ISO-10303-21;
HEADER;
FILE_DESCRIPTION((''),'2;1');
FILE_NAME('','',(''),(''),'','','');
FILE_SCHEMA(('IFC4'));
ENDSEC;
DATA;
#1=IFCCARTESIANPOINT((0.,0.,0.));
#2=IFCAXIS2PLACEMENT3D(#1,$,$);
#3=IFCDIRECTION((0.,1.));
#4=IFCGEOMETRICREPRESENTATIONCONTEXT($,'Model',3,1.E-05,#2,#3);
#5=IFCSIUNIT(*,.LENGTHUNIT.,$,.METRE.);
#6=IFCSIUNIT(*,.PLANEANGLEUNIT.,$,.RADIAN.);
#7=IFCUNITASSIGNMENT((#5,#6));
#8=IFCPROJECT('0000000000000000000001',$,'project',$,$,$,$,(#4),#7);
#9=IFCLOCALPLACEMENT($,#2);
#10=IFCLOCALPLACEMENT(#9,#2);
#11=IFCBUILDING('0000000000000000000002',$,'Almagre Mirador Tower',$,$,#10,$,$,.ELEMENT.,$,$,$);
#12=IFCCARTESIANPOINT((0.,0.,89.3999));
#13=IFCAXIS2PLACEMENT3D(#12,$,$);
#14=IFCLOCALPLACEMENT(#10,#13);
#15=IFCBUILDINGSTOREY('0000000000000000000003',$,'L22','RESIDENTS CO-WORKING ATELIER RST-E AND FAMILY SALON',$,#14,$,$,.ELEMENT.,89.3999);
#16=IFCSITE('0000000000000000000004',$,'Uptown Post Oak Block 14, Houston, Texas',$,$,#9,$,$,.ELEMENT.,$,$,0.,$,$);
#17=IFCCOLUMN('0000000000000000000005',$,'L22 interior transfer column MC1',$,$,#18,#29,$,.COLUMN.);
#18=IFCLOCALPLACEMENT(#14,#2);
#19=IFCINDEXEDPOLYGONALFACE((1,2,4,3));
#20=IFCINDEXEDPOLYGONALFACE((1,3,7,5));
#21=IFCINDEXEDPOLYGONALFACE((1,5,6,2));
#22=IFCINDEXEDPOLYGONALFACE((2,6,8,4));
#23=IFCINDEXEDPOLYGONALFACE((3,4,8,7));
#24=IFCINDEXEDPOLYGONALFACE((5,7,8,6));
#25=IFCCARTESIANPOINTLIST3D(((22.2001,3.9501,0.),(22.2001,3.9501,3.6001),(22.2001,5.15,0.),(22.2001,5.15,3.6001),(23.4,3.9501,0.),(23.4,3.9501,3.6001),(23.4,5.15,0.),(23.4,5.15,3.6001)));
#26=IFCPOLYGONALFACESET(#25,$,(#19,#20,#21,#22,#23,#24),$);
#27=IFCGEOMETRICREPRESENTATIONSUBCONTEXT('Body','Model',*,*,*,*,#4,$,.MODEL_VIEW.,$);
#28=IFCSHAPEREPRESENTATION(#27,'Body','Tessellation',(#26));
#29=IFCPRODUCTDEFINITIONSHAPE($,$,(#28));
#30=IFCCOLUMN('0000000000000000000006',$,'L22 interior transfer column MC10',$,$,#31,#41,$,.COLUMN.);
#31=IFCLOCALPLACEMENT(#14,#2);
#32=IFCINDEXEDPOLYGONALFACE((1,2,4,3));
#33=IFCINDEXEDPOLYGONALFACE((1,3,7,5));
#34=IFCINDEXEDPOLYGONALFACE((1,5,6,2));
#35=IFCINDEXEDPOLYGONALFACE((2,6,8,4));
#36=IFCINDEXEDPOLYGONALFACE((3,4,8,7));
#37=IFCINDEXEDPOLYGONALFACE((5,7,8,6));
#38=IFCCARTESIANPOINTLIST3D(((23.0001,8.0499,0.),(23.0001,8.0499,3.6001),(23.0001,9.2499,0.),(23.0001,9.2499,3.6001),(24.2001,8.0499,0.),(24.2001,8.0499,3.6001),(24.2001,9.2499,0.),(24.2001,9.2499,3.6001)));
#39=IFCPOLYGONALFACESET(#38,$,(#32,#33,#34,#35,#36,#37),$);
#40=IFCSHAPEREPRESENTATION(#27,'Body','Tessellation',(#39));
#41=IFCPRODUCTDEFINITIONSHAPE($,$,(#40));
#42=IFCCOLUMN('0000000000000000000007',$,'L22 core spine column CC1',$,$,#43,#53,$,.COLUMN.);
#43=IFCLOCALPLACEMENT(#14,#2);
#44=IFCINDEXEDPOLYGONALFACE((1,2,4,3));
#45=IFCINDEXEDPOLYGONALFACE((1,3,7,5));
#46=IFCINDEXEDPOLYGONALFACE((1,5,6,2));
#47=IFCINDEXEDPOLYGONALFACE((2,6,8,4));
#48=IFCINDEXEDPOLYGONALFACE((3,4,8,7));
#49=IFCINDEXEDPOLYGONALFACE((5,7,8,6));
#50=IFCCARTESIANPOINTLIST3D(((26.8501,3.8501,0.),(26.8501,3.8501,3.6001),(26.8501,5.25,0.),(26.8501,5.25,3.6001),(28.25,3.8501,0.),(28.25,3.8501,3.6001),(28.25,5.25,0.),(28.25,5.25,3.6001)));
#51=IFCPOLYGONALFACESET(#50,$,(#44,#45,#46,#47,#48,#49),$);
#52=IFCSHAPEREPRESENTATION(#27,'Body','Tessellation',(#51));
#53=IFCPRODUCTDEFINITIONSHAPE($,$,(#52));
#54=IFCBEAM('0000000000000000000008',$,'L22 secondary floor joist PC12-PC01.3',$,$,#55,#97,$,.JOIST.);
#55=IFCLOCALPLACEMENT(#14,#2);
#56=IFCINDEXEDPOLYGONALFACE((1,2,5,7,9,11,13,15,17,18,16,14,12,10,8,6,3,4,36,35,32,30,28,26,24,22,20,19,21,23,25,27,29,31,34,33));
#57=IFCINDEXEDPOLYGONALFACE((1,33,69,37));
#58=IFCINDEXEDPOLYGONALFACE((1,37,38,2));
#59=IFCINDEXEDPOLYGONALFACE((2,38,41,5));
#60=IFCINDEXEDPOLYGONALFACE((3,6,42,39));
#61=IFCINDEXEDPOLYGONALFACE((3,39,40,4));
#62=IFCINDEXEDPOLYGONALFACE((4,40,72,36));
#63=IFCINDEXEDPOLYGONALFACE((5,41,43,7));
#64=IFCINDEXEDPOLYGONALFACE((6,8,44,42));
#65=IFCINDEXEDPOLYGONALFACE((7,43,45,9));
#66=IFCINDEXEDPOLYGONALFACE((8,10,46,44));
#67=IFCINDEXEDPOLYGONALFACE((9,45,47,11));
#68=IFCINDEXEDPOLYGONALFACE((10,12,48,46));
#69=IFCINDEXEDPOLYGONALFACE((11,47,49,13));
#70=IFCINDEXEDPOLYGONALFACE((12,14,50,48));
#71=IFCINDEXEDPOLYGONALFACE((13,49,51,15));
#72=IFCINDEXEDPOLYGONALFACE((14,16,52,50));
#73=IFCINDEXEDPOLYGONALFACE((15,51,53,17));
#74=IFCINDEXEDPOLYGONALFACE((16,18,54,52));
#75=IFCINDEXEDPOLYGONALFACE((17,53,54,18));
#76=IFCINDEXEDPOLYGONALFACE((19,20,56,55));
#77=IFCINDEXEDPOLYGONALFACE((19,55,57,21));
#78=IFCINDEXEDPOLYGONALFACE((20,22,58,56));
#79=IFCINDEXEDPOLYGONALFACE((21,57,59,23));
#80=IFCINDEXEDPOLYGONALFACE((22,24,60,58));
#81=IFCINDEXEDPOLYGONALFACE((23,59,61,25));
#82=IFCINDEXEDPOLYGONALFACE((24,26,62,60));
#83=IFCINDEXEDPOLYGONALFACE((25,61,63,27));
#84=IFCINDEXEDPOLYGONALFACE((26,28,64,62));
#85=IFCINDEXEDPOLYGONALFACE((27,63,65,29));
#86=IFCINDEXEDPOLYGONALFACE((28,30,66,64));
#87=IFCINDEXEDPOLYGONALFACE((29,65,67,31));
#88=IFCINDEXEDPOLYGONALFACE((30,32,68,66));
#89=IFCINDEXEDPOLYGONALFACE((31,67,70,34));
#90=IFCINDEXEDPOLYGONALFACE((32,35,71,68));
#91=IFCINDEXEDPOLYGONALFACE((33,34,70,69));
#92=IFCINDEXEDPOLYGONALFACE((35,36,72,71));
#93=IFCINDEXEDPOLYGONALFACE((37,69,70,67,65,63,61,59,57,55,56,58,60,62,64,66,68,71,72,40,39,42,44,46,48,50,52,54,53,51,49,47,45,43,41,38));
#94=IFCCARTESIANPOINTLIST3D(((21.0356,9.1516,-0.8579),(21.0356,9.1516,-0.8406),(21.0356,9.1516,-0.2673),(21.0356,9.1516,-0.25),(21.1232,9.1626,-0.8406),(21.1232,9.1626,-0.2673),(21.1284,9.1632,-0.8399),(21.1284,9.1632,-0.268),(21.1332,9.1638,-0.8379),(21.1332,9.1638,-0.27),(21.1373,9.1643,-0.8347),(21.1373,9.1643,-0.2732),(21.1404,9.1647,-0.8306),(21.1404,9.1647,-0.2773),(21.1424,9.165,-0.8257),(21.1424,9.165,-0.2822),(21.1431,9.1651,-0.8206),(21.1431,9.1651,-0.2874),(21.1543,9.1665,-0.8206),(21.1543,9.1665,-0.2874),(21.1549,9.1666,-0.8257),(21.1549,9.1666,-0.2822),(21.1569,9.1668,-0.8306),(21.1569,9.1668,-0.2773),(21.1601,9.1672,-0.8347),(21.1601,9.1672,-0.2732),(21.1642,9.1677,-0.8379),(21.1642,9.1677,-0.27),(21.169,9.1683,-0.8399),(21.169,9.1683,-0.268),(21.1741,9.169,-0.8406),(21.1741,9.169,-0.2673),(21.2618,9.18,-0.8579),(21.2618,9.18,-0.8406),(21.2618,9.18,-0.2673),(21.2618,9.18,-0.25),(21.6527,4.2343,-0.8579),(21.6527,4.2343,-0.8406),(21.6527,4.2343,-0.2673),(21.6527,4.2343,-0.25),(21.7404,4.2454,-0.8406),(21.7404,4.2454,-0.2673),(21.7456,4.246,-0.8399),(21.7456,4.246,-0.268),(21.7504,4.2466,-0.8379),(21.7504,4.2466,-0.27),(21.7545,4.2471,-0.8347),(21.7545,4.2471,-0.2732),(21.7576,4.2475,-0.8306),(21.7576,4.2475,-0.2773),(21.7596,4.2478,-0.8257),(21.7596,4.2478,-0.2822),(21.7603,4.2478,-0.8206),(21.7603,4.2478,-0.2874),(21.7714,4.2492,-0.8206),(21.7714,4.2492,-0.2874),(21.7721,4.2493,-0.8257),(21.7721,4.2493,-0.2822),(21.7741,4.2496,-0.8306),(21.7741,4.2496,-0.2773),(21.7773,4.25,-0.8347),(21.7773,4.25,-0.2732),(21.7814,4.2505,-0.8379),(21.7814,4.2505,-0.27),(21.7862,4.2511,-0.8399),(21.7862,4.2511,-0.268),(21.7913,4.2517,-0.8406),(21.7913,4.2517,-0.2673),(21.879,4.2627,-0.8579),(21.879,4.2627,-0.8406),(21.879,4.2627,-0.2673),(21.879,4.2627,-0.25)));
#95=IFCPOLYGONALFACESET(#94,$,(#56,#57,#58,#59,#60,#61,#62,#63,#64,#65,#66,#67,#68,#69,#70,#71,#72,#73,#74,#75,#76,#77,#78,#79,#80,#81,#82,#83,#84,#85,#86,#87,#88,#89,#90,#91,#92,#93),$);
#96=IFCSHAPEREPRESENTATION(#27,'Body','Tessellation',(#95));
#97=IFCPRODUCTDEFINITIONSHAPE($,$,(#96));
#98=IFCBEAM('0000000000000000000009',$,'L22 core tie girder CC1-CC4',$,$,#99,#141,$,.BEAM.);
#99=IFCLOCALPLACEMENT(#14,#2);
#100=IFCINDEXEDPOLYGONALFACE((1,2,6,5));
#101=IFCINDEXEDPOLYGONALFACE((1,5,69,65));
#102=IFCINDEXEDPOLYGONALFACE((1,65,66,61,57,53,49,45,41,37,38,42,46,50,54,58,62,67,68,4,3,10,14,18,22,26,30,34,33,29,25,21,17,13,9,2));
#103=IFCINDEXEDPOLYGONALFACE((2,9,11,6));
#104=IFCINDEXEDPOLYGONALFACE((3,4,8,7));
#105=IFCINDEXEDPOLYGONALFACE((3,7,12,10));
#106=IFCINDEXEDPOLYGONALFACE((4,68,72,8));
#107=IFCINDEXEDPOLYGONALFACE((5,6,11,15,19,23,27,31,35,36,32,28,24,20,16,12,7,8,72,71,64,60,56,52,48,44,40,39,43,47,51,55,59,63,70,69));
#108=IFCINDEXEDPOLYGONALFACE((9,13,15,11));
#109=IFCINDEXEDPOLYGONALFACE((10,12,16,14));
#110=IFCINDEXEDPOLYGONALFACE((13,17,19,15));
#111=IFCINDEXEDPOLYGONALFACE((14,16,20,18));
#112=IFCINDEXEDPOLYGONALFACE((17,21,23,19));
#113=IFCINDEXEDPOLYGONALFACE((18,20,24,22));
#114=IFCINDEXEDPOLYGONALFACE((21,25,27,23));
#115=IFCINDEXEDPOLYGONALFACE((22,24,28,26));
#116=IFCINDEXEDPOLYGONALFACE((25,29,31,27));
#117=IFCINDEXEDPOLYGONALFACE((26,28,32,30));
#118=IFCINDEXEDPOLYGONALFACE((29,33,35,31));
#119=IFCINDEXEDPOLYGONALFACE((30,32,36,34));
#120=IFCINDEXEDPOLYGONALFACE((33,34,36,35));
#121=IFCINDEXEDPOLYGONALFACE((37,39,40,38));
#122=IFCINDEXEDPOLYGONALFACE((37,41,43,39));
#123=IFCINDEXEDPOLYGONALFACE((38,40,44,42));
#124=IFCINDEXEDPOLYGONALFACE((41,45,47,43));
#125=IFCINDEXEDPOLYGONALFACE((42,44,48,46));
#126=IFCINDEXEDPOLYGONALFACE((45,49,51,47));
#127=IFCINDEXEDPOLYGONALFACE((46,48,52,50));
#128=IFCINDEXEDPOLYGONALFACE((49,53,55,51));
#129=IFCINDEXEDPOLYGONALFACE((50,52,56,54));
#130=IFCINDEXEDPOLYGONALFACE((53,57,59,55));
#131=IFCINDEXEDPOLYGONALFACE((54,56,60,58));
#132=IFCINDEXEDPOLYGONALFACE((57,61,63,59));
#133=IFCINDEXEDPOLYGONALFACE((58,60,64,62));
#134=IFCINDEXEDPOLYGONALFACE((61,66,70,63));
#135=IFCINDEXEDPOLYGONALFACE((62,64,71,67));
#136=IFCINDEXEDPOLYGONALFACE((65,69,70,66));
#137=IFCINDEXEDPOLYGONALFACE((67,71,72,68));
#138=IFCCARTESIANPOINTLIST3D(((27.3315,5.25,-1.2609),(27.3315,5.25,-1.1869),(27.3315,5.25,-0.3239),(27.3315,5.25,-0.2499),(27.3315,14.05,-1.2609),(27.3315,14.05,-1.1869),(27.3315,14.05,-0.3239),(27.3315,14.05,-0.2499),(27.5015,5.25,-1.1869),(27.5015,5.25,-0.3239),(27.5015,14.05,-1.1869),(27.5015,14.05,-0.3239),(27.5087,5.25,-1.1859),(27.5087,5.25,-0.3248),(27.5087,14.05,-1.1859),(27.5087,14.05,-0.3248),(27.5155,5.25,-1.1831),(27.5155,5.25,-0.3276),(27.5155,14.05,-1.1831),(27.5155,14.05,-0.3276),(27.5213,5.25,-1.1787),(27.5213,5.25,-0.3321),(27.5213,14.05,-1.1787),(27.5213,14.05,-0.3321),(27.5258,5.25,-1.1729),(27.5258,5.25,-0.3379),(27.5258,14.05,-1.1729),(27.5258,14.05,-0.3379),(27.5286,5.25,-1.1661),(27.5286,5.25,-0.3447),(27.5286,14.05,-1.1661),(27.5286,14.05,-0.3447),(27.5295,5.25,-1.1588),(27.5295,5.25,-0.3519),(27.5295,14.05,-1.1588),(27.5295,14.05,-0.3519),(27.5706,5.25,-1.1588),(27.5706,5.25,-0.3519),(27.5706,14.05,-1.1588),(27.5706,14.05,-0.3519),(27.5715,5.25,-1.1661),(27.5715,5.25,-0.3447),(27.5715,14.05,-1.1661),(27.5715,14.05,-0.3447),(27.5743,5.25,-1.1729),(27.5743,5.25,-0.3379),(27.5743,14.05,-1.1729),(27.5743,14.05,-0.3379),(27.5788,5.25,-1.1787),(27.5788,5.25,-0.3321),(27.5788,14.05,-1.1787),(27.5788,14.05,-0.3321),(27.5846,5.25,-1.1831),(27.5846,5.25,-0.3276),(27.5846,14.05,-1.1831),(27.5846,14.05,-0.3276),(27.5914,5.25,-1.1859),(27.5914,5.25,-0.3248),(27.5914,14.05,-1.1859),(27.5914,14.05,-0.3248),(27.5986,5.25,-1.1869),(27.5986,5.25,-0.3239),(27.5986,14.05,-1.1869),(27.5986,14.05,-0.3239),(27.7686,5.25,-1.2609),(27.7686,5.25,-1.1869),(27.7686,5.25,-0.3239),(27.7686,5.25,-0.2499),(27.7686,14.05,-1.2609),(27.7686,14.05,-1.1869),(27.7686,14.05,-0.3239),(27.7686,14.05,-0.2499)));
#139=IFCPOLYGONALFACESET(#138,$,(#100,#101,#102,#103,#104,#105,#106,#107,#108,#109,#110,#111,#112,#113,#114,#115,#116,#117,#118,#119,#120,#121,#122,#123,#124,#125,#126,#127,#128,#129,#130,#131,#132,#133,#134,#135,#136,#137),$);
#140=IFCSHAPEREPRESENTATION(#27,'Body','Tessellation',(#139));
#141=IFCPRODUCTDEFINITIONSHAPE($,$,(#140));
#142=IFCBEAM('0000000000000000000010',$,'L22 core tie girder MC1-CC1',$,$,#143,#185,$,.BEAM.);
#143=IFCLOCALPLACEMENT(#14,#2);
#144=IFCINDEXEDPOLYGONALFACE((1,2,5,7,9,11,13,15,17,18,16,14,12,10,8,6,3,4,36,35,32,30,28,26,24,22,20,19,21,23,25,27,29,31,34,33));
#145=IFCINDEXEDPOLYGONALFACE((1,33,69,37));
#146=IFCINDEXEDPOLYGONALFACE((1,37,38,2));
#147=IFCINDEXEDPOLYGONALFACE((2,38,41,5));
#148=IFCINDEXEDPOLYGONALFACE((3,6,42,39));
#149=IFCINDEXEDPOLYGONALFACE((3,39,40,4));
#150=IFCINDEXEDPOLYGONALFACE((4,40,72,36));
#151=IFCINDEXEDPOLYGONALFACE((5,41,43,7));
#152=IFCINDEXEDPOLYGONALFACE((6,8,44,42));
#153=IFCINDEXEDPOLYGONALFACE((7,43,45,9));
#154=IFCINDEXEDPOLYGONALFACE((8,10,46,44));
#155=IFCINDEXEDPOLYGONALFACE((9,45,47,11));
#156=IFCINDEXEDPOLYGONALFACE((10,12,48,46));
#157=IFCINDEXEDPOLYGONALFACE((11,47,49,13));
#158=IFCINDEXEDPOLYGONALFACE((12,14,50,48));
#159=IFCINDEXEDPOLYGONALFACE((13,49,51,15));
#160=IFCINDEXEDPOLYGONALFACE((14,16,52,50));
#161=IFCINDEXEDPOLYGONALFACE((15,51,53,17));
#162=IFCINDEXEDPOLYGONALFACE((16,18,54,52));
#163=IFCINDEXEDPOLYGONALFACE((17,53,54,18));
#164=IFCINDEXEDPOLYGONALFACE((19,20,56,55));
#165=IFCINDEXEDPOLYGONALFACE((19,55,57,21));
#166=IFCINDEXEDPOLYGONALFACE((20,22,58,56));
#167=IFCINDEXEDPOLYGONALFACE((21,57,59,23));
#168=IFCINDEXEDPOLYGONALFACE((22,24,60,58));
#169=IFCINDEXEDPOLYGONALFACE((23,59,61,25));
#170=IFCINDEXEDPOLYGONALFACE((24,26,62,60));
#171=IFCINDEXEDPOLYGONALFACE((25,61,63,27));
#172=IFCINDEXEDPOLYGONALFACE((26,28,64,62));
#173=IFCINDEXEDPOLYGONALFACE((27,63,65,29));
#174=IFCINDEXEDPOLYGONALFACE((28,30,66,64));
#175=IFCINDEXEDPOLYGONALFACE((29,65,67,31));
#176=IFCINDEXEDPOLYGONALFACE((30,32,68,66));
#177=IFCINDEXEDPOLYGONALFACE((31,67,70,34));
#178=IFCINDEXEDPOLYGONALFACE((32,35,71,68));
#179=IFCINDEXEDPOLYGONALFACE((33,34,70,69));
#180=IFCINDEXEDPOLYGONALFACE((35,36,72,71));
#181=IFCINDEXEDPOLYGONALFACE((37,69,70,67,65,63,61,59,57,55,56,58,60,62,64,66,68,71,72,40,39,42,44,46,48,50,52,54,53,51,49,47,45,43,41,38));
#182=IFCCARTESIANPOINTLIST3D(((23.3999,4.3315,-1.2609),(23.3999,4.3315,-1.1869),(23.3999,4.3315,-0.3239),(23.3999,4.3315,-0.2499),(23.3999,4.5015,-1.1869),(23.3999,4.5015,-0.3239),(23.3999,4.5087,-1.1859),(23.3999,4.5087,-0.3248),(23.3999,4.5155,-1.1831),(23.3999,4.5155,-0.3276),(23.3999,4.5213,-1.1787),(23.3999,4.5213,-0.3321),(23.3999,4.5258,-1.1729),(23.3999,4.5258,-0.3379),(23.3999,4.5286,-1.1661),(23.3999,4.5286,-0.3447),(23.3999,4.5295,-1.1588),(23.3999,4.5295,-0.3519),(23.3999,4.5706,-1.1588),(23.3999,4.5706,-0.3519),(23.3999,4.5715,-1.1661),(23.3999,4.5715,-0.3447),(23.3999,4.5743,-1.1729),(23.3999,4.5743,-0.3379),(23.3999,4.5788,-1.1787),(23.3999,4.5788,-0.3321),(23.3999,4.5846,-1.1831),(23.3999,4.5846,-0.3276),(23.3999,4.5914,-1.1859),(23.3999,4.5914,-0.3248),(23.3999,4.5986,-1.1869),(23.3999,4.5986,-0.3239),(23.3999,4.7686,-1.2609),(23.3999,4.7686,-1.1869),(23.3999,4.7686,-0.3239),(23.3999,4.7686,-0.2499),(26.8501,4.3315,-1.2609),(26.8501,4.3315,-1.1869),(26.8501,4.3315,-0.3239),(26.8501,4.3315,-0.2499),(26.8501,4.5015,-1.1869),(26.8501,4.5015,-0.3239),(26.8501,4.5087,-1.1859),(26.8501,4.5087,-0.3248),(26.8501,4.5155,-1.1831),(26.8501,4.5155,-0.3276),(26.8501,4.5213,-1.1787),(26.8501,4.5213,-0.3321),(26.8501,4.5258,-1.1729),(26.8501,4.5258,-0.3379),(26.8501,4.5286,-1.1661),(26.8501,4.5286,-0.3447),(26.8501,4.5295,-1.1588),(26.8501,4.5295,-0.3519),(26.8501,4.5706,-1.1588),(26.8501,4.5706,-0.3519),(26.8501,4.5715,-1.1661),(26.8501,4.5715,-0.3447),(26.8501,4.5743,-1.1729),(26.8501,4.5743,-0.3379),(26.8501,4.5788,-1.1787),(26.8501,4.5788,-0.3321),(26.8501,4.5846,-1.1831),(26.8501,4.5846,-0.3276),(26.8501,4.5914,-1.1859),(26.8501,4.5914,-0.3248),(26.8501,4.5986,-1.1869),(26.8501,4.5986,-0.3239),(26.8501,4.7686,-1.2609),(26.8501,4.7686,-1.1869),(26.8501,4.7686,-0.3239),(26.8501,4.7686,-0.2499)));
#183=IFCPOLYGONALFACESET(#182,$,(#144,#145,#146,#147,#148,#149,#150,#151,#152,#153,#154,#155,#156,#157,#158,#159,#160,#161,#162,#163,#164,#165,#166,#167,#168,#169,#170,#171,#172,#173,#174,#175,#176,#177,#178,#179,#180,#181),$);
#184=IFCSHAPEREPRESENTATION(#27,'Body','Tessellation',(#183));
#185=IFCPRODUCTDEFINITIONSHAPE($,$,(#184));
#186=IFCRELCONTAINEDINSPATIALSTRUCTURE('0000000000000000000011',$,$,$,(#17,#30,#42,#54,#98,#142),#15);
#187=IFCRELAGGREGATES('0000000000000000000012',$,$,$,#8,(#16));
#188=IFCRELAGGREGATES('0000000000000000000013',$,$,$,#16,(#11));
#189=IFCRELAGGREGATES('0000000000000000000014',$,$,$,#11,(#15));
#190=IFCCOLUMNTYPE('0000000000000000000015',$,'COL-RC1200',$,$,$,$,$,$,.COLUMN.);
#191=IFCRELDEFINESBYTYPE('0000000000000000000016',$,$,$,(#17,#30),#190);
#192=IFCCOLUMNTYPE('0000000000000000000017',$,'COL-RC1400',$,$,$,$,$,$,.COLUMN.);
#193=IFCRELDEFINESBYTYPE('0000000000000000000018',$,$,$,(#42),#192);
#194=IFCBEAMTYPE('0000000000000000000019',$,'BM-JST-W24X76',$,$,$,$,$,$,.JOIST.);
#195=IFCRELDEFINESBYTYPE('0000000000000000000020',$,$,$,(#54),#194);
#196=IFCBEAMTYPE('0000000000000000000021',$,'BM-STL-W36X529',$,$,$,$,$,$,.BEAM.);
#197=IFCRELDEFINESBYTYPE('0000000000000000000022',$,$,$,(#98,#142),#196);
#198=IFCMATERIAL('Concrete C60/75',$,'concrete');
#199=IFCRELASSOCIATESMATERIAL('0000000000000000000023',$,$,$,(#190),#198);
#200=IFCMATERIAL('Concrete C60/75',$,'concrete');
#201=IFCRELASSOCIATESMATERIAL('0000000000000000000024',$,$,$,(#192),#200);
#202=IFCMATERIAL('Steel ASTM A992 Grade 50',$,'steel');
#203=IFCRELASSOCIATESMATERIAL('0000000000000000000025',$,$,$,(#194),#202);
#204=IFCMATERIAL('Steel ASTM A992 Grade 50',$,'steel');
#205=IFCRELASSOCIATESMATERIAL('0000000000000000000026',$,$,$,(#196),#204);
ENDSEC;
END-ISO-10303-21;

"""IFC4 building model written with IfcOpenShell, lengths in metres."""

from ifc_helpers import new_model, si_unit, direction, frame, origin, origin_2d, place, context, subcontext, project, spatial, rectangle, i_section, extrude, material, material_profile, profile_set, type_object, element, save


model = new_model("IFC4")

# Units and contexts
model_context = context("Model", 3, precision=1e-05, world=origin(), true_north=direction((0.0, 1.0)))
body_context = subcontext(model_context, "Body", "Model", "MODEL_VIEW")
ifc_project = project(units=[si_unit("LENGTHUNIT", "METRE"), si_unit("PLANEANGLEUNIT", "RADIAN")], contexts=[model_context])

# Site, building, storey
site_placement = place(None, origin())
site = spatial("IfcSite", under=ifc_project, at=site_placement, Name="Uptown Post Oak Block 14, Houston, Texas", CompositionType="ELEMENT", RefElevation=0.0)
building_placement = place(site_placement, origin())
building = spatial("IfcBuilding", under=site, at=building_placement, Name="Almagre Mirador Tower", CompositionType="ELEMENT")
storey_placement = place(building_placement, frame((0.0, 0.0, 89.3999)))
storey = spatial("IfcBuildingStorey", under=building, at=storey_placement, Name="L22", Description="RESIDENTS CO-WORKING ATELIER RST-E AND FAMILY SALON", CompositionType="ELEMENT", Elevation=89.3999)

# Columns
ifc_material_1 = material(Name="Concrete C60/75", Category="concrete")
ifc_material_profile_1 = material_profile(ifc_material_1, rectangle(XDim=1.2, YDim=1.2, at=origin_2d()), Name="RC1200X1200")
ifc_profile_set_1 = profile_set([ifc_material_profile_1], Name="Concrete C60/75")
column_type_1 = type_object("IfcColumnType", Name="COL-RC1200", PredefinedType="COLUMN", material=ifc_profile_set_1)
for number, where, z_axis, x_axis, name in (
    (1, (22.8, 4.55, 0.0), (0.0, 0.0, 1.0), (1.0, 0.0, 0.0), "L22 interior transfer column MC1"),
    (2, (23.6001, 8.6499, 0.0), (0.0, 0.0, 1.0), (1.0, 0.0, 0.0), "L22 interior transfer column MC10"),
):
    element("IfcColumn", number, at=place(storey_placement, frame(where, z_axis=z_axis, x_axis=x_axis)), inside=storey, type_object=column_type_1, Name=name, PredefinedType="COLUMN", context=body_context, shape_type="SweptSolid", body=[
        extrude(rectangle(XDim=1.2, YDim=1.2, at=origin_2d()), origin(), (0.0, 0.0, 1.0), 3.6001),
    ])
ifc_material_2 = material(Name="Concrete C60/75", Category="concrete")
ifc_material_profile_2 = material_profile(ifc_material_2, rectangle(XDim=1.3999, YDim=1.3999, at=origin_2d()), Name="RC1400X1400")
ifc_profile_set_2 = profile_set([ifc_material_profile_2], Name="Concrete C60/75")
column_type_2 = type_object("IfcColumnType", Name="COL-RC1400", PredefinedType="COLUMN", material=ifc_profile_set_2)
column_placement = place(storey_placement, frame((27.55, 4.55, 0.0), z_axis=(0.0, 0.0, 1.0), x_axis=(1.0, 0.0, 0.0)))
element("IfcColumn", 3, at=column_placement, inside=storey, type_object=column_type_2, Name="L22 core spine column CC1", PredefinedType="COLUMN", context=body_context, shape_type="SweptSolid", body=[
    extrude(rectangle(XDim=1.3999, YDim=1.3999, at=origin_2d()), origin(), (0.0, 0.0, 1.0), 3.6001),
])

# Beams
ifc_material_3 = material(Name="Steel ASTM A992 Grade 50", Category="steel")
ifc_material_profile_3 = material_profile(ifc_material_3, i_section(OverallWidth=0.228, OverallDepth=0.6079, WebThickness=0.0112, FlangeThickness=0.0173, FilletRadius=0.02, at=origin_2d()), Name="W24X76")
ifc_profile_set_3 = profile_set([ifc_material_profile_3], Name="Steel ASTM A992 Grade 50")
beam_type_1 = type_object("IfcBeamType", Name="BM-JST-W24X76", PredefinedType="JOIST", material=ifc_profile_set_3)
beam_1_placement = place(storey_placement, frame((21.1487, 9.1658, -0.554), z_axis=(0.124538, -0.992215, 0.0), x_axis=(0.992215, 0.124538, 0.0)))
element("IfcBeam", 4, at=beam_1_placement, inside=storey, type_object=beam_type_1, Name="L22 secondary floor joist PC12-PC01.3", PredefinedType="JOIST", context=body_context, shape_type="SweptSolid", body=[
    extrude(i_section(OverallWidth=0.228, OverallDepth=0.6079, WebThickness=0.0112, FlangeThickness=0.0173, FilletRadius=0.02, at=origin_2d()), origin(), (0.0, 0.0, 1.0), 4.9558),
])
ifc_material_4 = material(Name="Steel ASTM A992 Grade 50", Category="steel")
ifc_material_profile_4 = material_profile(ifc_material_4, i_section(OverallWidth=0.437, OverallDepth=1.011, WebThickness=0.041, FlangeThickness=0.074, FilletRadius=0.0281, at=origin_2d()), Name="W36X529")
ifc_profile_set_4 = profile_set([ifc_material_profile_4], Name="Steel ASTM A992 Grade 50")
beam_type_2 = type_object("IfcBeamType", Name="BM-STL-W36X529", PredefinedType="BEAM", material=ifc_profile_set_4)
beam_2_placement = place(storey_placement, frame((27.55, 5.25, -0.7554), z_axis=(0.0, 1.0, 0.0), x_axis=(-1.0, 0.0, 0.0)))
element("IfcBeam", 5, at=beam_2_placement, inside=storey, type_object=beam_type_2, Name="L22 core tie girder CC1-CC4", PredefinedType="BEAM", context=body_context, shape_type="SweptSolid", body=[
    extrude(i_section(OverallWidth=0.437, OverallDepth=1.011, WebThickness=0.041, FlangeThickness=0.074, FilletRadius=0.0281, at=origin_2d()), origin(), (0.0, 0.0, 1.0), 8.8),
])
beam_3_placement = place(storey_placement, frame((23.3999, 4.55, -0.7554), z_axis=(1.0, 0.0, 0.0), x_axis=(0.0, 1.0, 0.0)))
element("IfcBeam", 6, at=beam_3_placement, inside=storey, type_object=beam_type_2, Name="L22 core tie girder MC1-CC1", PredefinedType="BEAM", context=body_context, shape_type="SweptSolid", body=[
    extrude(i_section(OverallWidth=0.437, OverallDepth=1.011, WebThickness=0.041, FlangeThickness=0.074, FilletRadius=0.0281, at=origin_2d()), origin(), (0.0, 0.0, 1.0), 3.4502),
])

save(model, "model.ifc")
